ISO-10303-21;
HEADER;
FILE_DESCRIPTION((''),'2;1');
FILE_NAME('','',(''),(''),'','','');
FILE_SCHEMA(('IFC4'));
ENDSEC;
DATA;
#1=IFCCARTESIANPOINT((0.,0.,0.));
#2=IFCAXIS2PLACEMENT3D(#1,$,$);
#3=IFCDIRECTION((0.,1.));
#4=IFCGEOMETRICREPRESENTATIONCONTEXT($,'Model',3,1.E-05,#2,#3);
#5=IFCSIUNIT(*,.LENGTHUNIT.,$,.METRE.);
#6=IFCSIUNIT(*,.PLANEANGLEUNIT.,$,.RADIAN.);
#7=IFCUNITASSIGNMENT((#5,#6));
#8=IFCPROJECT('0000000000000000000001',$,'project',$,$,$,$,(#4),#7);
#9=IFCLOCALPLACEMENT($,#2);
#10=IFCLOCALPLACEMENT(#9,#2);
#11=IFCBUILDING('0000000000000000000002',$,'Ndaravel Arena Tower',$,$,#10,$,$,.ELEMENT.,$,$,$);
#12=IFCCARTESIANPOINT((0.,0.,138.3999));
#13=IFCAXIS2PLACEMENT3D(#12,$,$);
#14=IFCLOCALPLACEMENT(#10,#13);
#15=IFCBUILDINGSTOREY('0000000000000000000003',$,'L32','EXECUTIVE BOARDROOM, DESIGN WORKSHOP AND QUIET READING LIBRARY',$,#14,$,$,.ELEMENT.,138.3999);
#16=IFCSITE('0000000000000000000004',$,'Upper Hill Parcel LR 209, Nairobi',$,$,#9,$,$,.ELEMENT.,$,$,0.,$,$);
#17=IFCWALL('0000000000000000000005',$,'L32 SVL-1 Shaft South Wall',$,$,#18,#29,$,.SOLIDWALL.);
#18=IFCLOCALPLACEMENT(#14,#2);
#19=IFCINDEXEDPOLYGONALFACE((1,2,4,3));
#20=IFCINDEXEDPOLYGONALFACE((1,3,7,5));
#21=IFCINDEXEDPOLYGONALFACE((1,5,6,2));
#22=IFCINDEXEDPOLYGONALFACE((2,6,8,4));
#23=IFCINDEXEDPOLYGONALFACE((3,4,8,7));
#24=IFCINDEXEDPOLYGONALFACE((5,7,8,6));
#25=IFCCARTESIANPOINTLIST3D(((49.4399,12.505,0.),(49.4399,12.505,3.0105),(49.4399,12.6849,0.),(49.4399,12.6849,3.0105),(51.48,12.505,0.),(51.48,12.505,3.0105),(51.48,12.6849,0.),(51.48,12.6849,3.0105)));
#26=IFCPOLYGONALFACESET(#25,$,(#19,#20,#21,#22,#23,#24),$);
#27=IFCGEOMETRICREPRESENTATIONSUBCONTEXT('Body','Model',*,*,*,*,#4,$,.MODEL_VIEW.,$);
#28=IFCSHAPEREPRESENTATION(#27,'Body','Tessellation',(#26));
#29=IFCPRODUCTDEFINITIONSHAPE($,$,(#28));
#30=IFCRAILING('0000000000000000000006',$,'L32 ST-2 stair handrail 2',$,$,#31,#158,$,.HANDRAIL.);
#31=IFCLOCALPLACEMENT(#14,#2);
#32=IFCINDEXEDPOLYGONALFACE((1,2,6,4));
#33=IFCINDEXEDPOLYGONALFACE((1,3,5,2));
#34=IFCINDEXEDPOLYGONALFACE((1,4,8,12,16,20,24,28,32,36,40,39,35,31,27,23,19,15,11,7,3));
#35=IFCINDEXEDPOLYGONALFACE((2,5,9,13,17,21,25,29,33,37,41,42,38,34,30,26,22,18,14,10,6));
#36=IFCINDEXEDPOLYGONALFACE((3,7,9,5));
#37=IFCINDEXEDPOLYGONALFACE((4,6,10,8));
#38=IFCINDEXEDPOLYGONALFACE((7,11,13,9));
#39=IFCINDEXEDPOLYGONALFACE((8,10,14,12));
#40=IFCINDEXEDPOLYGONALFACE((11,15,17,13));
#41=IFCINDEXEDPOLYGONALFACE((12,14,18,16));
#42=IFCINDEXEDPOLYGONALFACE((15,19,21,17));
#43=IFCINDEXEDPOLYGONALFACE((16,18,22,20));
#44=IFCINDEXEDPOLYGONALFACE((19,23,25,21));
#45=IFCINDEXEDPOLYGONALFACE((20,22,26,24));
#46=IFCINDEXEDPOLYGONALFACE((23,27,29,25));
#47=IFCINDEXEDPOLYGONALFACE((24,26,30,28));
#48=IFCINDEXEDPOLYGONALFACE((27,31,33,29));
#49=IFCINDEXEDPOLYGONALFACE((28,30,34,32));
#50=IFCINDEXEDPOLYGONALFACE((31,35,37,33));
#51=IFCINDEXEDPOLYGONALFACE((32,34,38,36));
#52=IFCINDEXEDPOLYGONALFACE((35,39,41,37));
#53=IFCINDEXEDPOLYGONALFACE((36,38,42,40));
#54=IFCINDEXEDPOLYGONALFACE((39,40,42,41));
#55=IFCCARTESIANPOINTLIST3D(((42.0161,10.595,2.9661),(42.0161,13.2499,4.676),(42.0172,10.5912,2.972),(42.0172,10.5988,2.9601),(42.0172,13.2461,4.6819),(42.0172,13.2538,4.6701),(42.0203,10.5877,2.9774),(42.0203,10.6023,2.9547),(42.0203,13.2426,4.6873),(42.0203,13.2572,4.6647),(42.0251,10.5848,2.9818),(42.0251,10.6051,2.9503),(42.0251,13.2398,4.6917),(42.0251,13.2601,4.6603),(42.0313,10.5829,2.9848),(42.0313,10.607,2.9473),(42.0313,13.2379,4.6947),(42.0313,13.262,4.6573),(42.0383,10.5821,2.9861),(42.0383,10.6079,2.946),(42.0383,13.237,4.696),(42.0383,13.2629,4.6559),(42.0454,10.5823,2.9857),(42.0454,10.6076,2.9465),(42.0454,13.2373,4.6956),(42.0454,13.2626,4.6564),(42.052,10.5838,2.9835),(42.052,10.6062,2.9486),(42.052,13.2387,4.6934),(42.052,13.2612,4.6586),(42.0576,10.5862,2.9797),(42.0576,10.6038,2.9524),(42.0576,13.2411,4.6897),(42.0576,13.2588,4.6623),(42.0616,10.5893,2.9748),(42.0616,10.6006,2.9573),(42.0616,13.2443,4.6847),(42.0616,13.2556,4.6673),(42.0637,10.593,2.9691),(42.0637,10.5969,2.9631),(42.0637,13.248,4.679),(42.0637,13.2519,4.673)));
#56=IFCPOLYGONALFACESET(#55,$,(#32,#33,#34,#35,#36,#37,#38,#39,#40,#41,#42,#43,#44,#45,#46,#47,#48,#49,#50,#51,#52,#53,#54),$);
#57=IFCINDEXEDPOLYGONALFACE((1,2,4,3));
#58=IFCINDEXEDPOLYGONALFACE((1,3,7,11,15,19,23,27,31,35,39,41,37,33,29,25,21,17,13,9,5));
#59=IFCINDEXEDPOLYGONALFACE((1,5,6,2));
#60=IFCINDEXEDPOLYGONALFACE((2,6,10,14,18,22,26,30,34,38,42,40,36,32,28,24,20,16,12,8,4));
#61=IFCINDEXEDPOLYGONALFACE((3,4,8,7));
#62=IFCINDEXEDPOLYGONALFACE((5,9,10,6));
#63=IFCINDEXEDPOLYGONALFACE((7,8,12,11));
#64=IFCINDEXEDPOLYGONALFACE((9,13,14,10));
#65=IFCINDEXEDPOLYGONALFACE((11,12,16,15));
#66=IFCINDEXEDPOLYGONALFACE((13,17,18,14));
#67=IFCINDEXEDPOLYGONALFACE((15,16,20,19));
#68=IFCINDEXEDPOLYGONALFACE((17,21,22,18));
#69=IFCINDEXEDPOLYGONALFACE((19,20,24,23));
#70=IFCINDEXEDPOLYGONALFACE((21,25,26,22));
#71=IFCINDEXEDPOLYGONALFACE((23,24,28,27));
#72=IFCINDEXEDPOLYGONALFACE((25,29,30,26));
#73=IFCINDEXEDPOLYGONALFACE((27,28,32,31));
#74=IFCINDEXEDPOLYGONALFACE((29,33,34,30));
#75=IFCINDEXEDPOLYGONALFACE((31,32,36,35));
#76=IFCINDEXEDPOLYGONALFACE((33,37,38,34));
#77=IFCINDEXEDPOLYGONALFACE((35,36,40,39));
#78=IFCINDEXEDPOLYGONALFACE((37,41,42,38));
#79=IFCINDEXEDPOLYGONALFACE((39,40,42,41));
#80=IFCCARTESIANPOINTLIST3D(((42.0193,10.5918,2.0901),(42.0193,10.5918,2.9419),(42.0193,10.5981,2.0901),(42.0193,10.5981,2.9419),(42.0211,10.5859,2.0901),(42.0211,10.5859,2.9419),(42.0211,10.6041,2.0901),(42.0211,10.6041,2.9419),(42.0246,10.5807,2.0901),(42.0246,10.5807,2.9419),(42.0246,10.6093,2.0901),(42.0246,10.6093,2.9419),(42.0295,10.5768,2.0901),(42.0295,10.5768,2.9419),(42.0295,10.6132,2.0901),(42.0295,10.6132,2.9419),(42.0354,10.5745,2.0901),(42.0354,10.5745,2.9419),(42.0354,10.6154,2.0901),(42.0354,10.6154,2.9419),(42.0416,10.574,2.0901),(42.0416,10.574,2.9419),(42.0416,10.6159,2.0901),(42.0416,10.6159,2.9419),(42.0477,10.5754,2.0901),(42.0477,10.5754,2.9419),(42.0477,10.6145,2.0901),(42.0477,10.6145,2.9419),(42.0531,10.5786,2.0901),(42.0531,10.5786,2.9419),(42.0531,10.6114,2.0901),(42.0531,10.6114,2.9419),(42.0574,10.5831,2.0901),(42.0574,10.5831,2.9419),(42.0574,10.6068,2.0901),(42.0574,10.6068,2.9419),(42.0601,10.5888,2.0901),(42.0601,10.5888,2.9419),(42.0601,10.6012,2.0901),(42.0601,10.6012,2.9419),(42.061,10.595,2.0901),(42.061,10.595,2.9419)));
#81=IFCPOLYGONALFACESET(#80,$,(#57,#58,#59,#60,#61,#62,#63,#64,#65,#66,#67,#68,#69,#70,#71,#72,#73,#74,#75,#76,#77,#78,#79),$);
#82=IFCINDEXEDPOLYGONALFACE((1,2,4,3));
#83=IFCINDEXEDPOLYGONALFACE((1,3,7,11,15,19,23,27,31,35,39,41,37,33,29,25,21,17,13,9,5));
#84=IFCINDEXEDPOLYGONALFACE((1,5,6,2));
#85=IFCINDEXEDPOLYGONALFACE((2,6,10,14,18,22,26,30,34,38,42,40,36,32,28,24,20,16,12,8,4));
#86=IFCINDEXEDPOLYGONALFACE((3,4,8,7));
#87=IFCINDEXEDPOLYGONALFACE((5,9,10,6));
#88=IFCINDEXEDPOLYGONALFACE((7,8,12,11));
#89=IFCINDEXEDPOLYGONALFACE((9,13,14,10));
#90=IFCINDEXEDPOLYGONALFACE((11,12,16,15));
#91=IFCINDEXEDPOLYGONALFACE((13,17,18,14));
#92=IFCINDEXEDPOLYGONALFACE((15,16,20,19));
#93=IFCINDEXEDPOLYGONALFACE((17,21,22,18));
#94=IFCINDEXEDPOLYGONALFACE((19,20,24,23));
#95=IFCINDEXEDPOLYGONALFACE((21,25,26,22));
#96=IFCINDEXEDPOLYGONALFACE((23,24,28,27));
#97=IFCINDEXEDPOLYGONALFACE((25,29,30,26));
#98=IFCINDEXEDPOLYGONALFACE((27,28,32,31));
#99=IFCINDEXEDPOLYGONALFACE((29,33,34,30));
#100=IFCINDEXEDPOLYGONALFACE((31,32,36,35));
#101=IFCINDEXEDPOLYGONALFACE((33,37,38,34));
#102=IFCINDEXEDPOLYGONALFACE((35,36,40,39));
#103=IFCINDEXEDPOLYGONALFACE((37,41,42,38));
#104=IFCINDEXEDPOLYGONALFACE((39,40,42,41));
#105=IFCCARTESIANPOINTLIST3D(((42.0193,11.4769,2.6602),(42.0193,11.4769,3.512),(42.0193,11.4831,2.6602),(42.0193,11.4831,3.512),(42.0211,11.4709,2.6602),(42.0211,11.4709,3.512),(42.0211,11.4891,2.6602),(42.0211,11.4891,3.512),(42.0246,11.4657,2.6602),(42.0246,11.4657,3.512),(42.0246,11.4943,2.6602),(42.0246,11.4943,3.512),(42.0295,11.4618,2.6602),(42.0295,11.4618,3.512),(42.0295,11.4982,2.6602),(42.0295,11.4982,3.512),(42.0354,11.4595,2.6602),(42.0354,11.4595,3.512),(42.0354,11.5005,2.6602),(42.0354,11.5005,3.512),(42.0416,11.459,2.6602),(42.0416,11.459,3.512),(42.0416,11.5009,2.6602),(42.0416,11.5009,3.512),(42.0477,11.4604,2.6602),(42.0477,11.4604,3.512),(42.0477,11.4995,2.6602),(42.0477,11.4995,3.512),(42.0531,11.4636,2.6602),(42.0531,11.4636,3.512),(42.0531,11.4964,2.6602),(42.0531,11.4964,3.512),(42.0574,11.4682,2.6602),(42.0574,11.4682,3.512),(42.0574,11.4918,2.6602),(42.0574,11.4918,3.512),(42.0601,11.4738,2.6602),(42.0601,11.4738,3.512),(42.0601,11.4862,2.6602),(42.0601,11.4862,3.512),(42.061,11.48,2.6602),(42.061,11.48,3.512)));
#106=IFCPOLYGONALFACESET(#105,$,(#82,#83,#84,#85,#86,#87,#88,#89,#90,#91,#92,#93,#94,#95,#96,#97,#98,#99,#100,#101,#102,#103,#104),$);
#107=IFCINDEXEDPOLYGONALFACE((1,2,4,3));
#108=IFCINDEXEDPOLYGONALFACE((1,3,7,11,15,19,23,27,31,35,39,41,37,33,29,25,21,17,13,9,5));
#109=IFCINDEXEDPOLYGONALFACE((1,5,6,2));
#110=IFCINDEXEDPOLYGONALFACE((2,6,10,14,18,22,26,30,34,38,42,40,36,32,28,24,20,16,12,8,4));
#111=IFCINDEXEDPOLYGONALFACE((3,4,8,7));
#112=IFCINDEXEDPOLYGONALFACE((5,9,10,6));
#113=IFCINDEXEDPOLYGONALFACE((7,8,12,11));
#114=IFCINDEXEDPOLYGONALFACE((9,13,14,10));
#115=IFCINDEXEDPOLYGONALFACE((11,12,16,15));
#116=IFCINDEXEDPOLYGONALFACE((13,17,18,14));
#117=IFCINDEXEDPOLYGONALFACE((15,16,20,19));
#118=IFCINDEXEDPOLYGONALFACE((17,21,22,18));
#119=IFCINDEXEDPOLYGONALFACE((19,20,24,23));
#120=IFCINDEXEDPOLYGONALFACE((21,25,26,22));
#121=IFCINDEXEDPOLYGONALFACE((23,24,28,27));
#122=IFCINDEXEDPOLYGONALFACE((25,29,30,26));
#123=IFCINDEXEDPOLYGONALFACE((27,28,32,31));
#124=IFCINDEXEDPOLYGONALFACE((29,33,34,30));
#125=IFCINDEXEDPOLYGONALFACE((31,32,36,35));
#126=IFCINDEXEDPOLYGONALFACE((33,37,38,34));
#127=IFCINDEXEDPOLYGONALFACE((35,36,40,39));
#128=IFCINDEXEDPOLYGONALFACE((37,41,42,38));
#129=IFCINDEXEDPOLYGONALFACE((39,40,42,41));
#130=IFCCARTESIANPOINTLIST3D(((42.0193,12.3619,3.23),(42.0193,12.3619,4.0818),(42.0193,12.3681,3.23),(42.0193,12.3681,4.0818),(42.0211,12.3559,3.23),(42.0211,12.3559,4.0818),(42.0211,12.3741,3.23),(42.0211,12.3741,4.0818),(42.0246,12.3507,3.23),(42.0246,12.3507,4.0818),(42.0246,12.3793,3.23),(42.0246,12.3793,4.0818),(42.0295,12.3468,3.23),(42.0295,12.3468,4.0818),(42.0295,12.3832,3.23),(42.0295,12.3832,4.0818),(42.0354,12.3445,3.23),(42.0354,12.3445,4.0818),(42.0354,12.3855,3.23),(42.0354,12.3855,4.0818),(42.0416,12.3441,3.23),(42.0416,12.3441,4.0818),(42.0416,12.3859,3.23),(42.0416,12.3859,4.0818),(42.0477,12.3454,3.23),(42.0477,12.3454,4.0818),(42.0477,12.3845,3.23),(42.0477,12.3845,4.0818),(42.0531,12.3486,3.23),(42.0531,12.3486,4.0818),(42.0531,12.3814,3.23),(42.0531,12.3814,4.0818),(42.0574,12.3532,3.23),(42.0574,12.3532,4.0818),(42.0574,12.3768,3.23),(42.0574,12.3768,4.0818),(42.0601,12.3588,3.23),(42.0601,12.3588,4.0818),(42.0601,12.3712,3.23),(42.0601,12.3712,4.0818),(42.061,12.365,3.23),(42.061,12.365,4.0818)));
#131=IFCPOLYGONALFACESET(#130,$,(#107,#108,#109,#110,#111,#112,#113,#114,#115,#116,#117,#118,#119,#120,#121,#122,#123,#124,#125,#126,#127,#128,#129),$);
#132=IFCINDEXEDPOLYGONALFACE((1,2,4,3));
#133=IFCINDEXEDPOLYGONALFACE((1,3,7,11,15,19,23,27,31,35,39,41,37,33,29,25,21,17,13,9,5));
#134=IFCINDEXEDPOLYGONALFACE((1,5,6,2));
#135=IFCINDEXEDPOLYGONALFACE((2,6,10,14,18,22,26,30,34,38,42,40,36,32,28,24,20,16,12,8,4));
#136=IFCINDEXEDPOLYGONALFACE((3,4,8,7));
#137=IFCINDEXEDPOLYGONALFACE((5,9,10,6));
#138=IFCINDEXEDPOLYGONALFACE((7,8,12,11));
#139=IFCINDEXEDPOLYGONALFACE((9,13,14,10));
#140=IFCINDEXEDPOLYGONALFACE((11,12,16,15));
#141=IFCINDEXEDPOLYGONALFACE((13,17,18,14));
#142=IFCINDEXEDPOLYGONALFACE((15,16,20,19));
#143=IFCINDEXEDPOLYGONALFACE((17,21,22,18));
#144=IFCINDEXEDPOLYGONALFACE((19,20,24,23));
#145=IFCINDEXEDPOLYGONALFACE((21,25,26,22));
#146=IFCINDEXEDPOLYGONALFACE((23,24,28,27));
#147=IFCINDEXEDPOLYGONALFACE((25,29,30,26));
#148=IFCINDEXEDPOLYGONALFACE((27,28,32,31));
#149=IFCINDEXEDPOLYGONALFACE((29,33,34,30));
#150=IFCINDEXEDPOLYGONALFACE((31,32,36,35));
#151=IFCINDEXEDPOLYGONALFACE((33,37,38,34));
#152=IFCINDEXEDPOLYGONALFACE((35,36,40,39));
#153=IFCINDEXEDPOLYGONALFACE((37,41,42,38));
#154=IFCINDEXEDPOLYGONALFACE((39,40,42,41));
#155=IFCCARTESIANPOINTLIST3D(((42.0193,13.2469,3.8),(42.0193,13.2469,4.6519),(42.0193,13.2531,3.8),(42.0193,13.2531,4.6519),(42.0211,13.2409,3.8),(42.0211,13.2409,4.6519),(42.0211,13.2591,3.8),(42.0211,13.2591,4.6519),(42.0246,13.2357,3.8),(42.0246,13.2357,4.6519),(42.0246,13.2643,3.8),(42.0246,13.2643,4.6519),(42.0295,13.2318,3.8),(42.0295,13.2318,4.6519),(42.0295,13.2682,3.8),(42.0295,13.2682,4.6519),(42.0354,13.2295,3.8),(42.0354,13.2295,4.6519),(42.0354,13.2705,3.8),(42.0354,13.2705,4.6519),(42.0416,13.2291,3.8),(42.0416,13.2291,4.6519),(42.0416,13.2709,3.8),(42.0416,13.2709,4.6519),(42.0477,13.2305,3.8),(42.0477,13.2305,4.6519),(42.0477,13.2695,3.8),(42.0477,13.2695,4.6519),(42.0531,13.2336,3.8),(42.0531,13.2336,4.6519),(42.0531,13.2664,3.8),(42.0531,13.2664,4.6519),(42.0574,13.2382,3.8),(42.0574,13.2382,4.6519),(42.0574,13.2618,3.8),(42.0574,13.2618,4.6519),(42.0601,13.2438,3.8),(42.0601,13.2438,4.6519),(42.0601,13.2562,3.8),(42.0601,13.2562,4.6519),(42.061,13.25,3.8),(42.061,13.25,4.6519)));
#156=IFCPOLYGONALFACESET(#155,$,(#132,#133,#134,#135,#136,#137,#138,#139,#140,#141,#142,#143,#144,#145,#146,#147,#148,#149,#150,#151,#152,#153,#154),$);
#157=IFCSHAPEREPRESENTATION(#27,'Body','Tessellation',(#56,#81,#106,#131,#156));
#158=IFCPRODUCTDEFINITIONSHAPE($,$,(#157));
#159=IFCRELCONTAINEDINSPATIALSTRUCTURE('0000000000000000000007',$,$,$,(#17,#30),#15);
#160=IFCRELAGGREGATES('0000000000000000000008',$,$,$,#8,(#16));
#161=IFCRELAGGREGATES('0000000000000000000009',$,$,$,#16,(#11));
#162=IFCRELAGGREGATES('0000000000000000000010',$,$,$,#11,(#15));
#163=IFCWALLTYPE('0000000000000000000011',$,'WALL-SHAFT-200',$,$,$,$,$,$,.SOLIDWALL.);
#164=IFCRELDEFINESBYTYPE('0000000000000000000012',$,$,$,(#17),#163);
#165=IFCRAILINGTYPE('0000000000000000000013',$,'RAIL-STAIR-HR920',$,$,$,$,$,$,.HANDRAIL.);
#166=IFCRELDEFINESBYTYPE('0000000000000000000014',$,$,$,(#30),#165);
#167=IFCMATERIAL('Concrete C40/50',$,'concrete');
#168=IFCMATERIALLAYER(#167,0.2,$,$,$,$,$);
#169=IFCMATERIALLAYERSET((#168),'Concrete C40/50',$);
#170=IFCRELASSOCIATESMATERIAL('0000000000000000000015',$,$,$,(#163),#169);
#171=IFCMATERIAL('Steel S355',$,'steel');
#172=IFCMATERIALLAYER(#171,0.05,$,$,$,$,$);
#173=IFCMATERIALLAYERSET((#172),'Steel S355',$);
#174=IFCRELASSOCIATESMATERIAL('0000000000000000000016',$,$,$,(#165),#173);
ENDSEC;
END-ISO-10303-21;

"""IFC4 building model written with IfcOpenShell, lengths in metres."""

from ifc_helpers import new_model, si_unit, direction, frame, frame_2d, origin, origin_2d, place, context, subcontext, project, spatial, rectangle, circle, extrude, material, layer, layer_set, type_object, element, save


model = new_model("IFC4")

# Units and contexts
model_context = context("Model", 3, precision=1e-05, world=origin(), true_north=direction((0.0, 1.0)))
body_context = subcontext(model_context, "Body", "Model", "MODEL_VIEW")
ifc_project = project(units=[si_unit("LENGTHUNIT", "METRE"), si_unit("PLANEANGLEUNIT", "RADIAN")], contexts=[model_context])

# Site, building, storey
site_placement = place(None, origin())
site = spatial("IfcSite", under=ifc_project, at=site_placement, Name="Upper Hill Parcel LR 209, Nairobi", CompositionType="ELEMENT", RefElevation=0.0)
building_placement = place(site_placement, origin())
building = spatial("IfcBuilding", under=site, at=building_placement, Name="Ndaravel Arena Tower", CompositionType="ELEMENT")
storey_placement = place(building_placement, frame((0.0, 0.0, 138.3999)))
storey = spatial("IfcBuildingStorey", under=building, at=storey_placement, Name="L32", Description="EXECUTIVE BOARDROOM, DESIGN WORKSHOP AND QUIET READING LIBRARY", CompositionType="ELEMENT", Elevation=138.3999)

# Shared definitions
ifc_material_1 = material(Name="Concrete C40/50", Category="concrete")
ifc_layer_1 = layer(ifc_material_1, 0.2)
ifc_layer_set_1 = layer_set([ifc_layer_1], Name="Concrete C40/50")
wall_type_1 = type_object("IfcWallType", Name="WALL-SHAFT-200", PredefinedType="SOLIDWALL", material=ifc_layer_set_1)

# Wall
wall_1_placement = place(storey_placement, frame((49.4399, 12.595, 0.0), z_axis=(0.0, 0.0, 1.0), x_axis=(1.0, 0.0, 0.0)))
element("IfcWall", 1, at=wall_1_placement, inside=storey, type_object=wall_type_1, Name="L32 SVL-1 Shaft South Wall", PredefinedType="SOLIDWALL", context=body_context, shape_type="SweptSolid", body=[
    extrude(rectangle(XDim=2.04, YDim=0.1799, at=frame_2d((1.02, 0.0))), origin(), (0.0, 0.0, 1.0), 3.0105),
])

# Railing
ifc_material_2 = material(Name="Steel S355", Category="steel")
ifc_layer_2 = layer(ifc_material_2, 0.05)
ifc_layer_set_2 = layer_set([ifc_layer_2], Name="Steel S355")
railing_type_1 = type_object("IfcRailingType", Name="RAIL-STAIR-HR920", PredefinedType="HANDRAIL", material=ifc_layer_set_2)
railing_1_placement = place(storey_placement, frame((42.04, 10.595, 2.0901)))
element("IfcRailing", 2, at=railing_1_placement, inside=storey, type_object=railing_type_1, Name="L32 ST-2 stair handrail 2", PredefinedType="HANDRAIL", context=body_context, shape_type="SweptSolid", body=[
    extrude(circle(Radius=0.0239, at=origin_2d()), frame((0.0, 0.0, 0.876), z_axis=(0.0, 0.840724, 0.541465), x_axis=(-1.0, 0.0, 0.0)), (0.0, 0.0, 1.0), 3.158),
    extrude(circle(Radius=0.021, at=origin_2d()), origin(), (0.0, 0.0, 1.0), 0.8518),
    extrude(circle(Radius=0.021, at=origin_2d()), frame((0.0, 0.885, 0.5701)), (0.0, 0.0, 1.0), 0.8518),
    extrude(circle(Radius=0.021, at=origin_2d()), frame((0.0, 1.77, 1.1399)), (0.0, 0.0, 1.0), 0.8518),
    extrude(circle(Radius=0.021, at=origin_2d()), frame((0.0, 2.655, 1.71)), (0.0, 0.0, 1.0), 0.8518),
])

save(model, "model.ifc")
